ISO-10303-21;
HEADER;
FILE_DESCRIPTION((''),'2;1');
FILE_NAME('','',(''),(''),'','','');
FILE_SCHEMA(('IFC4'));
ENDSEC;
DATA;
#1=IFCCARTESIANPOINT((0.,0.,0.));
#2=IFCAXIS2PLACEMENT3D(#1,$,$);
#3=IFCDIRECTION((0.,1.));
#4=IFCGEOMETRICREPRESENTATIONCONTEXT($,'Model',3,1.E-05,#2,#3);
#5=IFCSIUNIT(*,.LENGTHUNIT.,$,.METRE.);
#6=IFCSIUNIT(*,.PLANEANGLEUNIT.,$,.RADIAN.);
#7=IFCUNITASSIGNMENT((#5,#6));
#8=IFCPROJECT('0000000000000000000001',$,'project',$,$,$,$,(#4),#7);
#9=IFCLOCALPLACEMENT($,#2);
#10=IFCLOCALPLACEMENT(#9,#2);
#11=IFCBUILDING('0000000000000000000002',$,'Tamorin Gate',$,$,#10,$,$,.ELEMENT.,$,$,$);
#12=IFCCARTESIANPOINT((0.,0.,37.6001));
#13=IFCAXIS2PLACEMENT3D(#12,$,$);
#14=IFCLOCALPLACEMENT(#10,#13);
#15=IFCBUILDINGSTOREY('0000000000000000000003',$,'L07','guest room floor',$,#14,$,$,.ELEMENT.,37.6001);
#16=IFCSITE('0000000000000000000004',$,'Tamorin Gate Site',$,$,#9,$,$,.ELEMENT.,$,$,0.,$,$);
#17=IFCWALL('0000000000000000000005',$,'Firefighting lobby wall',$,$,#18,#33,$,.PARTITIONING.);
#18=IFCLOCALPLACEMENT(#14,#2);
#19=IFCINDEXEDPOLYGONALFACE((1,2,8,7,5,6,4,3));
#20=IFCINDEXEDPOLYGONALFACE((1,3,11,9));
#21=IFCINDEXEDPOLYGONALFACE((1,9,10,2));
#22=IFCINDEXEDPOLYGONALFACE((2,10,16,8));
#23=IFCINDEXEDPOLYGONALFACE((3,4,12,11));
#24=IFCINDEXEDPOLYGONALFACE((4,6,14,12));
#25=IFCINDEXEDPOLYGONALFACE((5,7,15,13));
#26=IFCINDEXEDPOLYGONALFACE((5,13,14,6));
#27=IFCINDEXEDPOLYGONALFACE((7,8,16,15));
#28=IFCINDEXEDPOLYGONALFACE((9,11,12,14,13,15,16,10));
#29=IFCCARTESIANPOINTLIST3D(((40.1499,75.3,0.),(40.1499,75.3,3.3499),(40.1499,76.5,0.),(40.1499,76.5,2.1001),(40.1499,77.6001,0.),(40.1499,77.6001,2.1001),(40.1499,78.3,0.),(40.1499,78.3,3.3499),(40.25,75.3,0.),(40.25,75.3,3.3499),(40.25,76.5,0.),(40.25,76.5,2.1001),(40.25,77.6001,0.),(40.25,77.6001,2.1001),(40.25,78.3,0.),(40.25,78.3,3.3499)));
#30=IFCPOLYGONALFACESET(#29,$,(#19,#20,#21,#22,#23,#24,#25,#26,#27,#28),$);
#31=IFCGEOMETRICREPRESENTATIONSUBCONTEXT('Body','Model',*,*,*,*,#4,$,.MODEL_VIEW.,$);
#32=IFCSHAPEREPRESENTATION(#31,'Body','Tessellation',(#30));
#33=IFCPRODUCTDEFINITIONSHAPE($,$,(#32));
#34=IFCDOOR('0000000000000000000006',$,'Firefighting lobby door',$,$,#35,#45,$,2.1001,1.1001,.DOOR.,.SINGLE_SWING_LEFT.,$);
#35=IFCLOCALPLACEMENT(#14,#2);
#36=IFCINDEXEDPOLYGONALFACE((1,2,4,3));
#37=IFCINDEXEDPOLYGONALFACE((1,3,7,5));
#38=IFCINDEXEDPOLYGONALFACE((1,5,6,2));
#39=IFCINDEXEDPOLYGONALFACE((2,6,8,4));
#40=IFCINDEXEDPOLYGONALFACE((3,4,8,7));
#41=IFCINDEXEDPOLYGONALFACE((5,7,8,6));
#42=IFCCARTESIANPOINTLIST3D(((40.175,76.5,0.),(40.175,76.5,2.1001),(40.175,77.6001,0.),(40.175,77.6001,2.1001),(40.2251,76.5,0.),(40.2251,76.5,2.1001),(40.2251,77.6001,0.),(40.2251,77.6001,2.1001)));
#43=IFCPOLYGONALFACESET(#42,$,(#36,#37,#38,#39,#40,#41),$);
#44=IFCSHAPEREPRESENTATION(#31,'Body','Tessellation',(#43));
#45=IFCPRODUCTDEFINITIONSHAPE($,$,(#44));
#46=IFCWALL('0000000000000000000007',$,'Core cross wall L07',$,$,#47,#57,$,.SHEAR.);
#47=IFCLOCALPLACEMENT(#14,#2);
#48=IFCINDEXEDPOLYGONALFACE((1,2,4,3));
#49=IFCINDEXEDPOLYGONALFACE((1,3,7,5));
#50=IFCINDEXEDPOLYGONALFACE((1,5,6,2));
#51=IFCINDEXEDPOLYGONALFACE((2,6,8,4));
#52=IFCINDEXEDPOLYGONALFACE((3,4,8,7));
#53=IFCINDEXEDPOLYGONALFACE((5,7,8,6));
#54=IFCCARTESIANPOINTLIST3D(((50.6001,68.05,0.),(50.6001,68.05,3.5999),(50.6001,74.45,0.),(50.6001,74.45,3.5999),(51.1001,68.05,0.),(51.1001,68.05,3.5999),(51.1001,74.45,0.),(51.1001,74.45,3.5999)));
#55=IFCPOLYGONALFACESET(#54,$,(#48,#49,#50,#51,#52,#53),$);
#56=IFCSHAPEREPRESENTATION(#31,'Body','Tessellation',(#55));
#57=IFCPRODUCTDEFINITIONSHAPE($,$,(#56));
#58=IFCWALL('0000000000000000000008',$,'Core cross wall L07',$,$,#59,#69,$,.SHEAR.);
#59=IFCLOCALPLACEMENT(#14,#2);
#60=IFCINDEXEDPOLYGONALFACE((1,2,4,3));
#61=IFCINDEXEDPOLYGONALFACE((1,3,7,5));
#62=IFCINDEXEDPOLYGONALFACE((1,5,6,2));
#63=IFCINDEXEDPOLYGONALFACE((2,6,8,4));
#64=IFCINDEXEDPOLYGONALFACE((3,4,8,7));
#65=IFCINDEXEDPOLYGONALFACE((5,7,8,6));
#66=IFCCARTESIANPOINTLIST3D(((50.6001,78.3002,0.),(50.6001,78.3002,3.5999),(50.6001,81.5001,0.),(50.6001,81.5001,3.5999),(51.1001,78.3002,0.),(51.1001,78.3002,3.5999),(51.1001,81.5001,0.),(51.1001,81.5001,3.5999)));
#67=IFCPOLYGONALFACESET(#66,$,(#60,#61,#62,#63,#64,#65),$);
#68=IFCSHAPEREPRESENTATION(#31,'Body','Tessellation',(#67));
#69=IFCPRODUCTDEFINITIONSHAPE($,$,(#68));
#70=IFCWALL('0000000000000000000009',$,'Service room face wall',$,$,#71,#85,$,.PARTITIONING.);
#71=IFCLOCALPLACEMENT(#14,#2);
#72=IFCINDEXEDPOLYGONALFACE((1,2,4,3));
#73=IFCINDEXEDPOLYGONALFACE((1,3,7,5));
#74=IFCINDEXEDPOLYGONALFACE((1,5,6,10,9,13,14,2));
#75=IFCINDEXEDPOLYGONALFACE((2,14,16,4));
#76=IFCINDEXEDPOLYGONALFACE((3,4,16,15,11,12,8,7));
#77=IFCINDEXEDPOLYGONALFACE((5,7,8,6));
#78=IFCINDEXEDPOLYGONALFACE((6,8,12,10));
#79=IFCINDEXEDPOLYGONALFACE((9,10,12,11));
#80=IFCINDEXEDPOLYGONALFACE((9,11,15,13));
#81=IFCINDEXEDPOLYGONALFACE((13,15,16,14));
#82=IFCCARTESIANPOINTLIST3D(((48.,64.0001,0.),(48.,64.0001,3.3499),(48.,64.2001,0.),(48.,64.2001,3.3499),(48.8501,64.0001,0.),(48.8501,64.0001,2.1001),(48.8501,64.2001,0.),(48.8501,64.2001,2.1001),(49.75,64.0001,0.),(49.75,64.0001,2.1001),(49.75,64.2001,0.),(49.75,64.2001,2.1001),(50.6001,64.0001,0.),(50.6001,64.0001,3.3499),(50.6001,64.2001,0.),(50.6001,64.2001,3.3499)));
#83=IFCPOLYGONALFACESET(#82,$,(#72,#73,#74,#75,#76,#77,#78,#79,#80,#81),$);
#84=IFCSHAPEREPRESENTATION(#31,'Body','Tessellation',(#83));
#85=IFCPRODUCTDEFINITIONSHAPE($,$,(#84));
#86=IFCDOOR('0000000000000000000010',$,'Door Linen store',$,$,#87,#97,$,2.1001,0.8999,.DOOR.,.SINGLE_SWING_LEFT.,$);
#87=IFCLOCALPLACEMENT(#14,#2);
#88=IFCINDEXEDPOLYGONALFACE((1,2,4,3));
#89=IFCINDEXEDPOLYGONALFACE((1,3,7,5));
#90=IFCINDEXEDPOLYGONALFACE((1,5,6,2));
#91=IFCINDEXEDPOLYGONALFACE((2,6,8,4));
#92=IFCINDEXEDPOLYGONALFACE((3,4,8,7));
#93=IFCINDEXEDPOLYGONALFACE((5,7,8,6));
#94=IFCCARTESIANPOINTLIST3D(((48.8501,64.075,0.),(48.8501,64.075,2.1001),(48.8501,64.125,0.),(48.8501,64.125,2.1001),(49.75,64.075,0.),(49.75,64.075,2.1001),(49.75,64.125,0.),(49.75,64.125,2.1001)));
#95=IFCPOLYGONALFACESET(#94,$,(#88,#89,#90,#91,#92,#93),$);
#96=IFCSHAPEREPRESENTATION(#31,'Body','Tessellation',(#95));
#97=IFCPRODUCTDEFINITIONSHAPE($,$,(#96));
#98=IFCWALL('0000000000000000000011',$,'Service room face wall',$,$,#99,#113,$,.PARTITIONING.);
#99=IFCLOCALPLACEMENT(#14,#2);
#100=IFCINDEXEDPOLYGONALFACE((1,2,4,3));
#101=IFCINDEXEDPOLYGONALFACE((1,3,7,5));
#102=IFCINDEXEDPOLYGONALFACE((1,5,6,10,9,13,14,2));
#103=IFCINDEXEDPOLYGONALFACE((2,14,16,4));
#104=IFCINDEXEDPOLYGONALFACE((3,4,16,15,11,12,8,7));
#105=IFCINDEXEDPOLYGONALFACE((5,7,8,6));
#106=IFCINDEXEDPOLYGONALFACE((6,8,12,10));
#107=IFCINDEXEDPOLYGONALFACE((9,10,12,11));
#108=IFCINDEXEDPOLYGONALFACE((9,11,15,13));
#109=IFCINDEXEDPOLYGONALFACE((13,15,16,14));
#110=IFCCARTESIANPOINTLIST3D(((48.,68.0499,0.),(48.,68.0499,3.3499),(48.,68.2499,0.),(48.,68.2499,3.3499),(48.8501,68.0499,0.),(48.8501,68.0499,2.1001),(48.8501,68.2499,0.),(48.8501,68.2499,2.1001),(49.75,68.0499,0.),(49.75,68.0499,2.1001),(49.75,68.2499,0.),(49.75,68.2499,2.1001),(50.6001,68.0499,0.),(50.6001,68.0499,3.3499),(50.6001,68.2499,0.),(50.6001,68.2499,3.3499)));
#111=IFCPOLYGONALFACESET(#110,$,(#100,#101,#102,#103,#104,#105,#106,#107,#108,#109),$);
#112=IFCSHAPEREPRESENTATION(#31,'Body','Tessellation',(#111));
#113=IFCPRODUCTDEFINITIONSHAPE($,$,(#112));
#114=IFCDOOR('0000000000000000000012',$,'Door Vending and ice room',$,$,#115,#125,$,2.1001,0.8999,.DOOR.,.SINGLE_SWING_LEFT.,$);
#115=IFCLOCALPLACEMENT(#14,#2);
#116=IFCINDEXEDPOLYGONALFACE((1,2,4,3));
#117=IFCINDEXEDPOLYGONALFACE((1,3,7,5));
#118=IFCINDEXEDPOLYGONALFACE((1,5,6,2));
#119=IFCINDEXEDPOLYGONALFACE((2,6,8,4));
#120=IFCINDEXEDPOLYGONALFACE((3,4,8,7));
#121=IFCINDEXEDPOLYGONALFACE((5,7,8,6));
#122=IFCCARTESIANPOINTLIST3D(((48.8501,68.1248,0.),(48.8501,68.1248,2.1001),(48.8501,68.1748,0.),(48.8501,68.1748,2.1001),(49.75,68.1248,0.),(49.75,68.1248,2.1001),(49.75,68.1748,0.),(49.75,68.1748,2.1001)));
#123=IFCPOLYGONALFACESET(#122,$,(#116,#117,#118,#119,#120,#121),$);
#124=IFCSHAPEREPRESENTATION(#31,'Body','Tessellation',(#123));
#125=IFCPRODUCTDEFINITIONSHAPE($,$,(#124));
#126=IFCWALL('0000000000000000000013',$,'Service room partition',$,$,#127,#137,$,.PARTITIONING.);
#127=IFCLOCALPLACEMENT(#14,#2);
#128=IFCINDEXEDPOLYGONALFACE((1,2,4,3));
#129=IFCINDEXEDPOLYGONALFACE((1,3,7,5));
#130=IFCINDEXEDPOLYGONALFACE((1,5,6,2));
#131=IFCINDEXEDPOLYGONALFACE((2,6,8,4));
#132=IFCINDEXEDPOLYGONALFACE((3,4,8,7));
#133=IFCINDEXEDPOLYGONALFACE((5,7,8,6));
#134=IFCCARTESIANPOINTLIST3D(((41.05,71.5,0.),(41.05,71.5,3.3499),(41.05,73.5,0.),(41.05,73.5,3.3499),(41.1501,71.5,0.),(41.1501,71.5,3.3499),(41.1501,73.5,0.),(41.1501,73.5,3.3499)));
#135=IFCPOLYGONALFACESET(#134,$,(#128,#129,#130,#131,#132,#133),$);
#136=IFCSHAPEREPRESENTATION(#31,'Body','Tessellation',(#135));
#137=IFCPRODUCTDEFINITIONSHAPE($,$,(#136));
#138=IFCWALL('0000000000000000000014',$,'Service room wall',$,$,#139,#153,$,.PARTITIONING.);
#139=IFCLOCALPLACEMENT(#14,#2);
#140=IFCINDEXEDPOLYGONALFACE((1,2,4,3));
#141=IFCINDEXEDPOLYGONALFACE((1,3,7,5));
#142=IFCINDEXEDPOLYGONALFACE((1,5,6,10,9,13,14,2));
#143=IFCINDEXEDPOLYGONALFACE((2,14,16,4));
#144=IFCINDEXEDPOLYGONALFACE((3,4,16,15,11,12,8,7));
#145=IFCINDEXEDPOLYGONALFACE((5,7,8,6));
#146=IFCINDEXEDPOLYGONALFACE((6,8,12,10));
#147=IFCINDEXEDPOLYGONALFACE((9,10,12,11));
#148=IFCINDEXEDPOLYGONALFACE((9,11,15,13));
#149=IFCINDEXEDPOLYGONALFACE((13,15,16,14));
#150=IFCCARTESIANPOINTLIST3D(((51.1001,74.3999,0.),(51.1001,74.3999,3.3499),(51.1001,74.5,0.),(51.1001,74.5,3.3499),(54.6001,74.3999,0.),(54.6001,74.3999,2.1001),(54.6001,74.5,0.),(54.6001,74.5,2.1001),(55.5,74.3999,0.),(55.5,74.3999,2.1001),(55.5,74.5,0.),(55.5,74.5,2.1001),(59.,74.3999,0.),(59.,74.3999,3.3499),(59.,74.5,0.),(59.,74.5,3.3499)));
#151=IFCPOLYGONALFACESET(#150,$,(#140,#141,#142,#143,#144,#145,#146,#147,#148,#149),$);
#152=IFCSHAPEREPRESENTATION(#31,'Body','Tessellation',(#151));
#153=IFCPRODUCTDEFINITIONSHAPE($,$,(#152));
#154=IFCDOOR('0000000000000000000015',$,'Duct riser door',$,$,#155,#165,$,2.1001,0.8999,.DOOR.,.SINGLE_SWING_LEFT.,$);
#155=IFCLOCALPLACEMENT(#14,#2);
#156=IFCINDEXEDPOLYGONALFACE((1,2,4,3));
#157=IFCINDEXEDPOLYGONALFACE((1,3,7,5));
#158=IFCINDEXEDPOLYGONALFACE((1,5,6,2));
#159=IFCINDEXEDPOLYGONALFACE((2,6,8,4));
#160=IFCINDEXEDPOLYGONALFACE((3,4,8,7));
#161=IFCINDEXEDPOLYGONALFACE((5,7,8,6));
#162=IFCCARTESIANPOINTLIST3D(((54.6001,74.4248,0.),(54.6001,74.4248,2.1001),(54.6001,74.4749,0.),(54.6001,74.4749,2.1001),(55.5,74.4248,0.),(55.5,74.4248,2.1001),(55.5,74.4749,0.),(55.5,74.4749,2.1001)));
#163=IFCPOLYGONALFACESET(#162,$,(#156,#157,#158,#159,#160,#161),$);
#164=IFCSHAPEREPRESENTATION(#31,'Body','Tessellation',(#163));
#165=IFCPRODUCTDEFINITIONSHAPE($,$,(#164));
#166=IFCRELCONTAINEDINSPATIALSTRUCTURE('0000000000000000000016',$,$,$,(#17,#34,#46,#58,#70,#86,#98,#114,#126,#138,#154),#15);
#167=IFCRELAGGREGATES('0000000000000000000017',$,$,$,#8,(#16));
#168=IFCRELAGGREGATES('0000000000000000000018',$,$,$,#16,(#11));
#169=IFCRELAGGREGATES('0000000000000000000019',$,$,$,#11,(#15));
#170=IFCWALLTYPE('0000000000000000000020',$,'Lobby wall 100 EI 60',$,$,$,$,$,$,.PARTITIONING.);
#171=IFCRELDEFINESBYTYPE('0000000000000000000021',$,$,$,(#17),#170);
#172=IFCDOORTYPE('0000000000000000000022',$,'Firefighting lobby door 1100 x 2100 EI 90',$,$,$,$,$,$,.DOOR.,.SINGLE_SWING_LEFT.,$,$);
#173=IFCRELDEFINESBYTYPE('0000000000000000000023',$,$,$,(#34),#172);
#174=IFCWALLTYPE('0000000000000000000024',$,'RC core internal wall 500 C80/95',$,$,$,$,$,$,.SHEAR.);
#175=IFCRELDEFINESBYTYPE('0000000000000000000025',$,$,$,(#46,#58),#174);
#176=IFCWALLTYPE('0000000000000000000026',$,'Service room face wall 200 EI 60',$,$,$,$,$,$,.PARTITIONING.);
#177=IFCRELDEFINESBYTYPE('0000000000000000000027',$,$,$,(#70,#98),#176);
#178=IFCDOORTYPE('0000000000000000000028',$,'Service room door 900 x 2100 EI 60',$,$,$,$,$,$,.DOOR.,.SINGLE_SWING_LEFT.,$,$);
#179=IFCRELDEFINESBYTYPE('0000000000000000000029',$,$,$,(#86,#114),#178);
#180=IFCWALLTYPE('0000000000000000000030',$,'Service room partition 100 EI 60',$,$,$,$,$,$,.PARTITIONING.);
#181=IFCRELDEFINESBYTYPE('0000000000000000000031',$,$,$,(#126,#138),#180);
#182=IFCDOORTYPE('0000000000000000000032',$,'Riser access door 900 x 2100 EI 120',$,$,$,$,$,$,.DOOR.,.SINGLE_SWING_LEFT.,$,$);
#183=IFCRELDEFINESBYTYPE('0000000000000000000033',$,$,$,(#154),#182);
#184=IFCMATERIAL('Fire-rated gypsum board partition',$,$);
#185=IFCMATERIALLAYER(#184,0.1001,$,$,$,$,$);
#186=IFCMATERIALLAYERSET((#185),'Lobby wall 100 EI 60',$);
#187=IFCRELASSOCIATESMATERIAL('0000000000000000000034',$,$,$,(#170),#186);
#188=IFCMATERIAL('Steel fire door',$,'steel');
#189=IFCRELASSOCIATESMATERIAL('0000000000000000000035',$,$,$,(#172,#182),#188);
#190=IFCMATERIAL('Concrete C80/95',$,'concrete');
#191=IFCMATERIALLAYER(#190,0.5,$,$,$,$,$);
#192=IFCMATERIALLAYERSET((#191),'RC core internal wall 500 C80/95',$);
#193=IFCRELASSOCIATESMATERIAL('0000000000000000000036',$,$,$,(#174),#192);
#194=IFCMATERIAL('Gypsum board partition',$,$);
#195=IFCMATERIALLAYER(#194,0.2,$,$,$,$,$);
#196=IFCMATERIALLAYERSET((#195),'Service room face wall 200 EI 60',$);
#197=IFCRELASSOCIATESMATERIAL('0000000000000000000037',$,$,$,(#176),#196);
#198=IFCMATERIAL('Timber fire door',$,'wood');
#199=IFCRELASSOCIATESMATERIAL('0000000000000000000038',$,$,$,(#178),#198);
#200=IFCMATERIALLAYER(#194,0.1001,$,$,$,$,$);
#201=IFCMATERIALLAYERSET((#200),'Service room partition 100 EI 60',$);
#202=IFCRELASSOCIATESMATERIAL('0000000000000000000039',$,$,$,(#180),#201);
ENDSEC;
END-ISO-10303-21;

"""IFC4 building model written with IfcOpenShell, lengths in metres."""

from ifc_helpers import new_model, si_unit, direction, frame, frame_2d, origin, place, context, subcontext, project, spatial, rectangle, extrude, material, layer, layer_set, type_object, element, fill, save


model = new_model("IFC4")

# Units and contexts
model_context = context("Model", 3, precision=1e-05, world=origin(), true_north=direction((0.0, 1.0)))
body_context = subcontext(model_context, "Body", "Model", "MODEL_VIEW")
ifc_project = project(units=[si_unit("LENGTHUNIT", "METRE"), si_unit("PLANEANGLEUNIT", "RADIAN")], contexts=[model_context])

# Site, building, storey
site_placement = place(None, origin())
site = spatial("IfcSite", under=ifc_project, at=site_placement, Name="Tamorin Gate Site", CompositionType="ELEMENT", RefElevation=0.0)
building_placement = place(site_placement, origin())
building = spatial("IfcBuilding", under=site, at=building_placement, Name="Tamorin Gate", CompositionType="ELEMENT")
storey_placement = place(building_placement, frame((0.0, 0.0, 37.6001)))
storey = spatial("IfcBuildingStorey", under=building, at=storey_placement, Name="L07", Description="guest room floor", CompositionType="ELEMENT", Elevation=37.6001)

# Shared definitions
ifc_material_1 = material(Name="Concrete C80/95", Category="concrete")

# Shared definitions
ifc_material_2 = material(Name="Fire-rated gypsum board partition")
ifc_layer_1 = layer(ifc_material_2, 0.1001)
ifc_layer_set_1 = layer_set([ifc_layer_1], Name="Lobby wall 100 EI 60")
wall_type_1 = type_object("IfcWallType", Name="Lobby wall 100 EI 60", PredefinedType="PARTITIONING", material=ifc_layer_set_1)

# Wall, opening, door
wall_1_placement = place(storey_placement, frame((40.2, 75.3, 0.0), z_axis=(0.0, 0.0, 1.0), x_axis=(0.0, 1.0, 0.0)))
wall_1 = element("IfcWall", 1, at=wall_1_placement, inside=storey, type_object=wall_type_1, Name="Firefighting lobby wall", PredefinedType="PARTITIONING", context=body_context, shape_type="SweptSolid", body=[
    extrude(rectangle(XDim=3.0, YDim=0.1001, at=frame_2d((1.5, 0.0))), origin(), (0.0, 0.0, 1.0), 3.3499),
])
opening_1_placement = place(wall_1_placement, frame((1.2, 0.0, 0.0)))
opening_1 = element("IfcOpeningElement", 2, at=opening_1_placement, cuts=wall_1, PredefinedType="OPENING", context=body_context, shape_type="SweptSolid", body=[
    extrude(rectangle(XDim=1.1001, YDim=2.1001, at=frame_2d((0.55, 1.05))), frame((0.0, 0.0601, 0.0), z_axis=(0.0, -1.0, 0.0), x_axis=(1.0, 0.0, 0.0)), (0.0, 0.0, 1.0), 0.1201),
])
ifc_material_3 = material(Name="Steel fire door", Category="steel")
door_type_1 = type_object("IfcDoorType", Name="Firefighting lobby door 1100 x 2100 EI 90", OperationType="SINGLE_SWING_LEFT", PredefinedType="DOOR", material=ifc_material_3)
door_1_placement = place(opening_1_placement, origin())
door_1 = element("IfcDoor", 3, at=door_1_placement, inside=storey, type_object=door_type_1, Name="Firefighting lobby door", OperationType="SINGLE_SWING_LEFT", OverallHeight=2.1001, OverallWidth=1.1001, PredefinedType="DOOR", context=body_context, shape_type="SweptSolid", body=[
    extrude(rectangle(XDim=1.1001, YDim=2.1001, at=frame_2d((0.55, 1.05))), frame((0.0, 0.0249, 0.0), z_axis=(0.0, -1.0, 0.0), x_axis=(1.0, 0.0, 0.0)), (0.0, 0.0, 1.0), 0.05),
])
fill(opening_1, door_1)

# Walls
ifc_layer_2 = layer(ifc_material_1, 0.5)
ifc_layer_set_2 = layer_set([ifc_layer_2], Name="RC core internal wall 500 C80/95")
wall_type_2 = type_object("IfcWallType", Name="RC core internal wall 500 C80/95", PredefinedType="SHEAR", material=ifc_layer_set_2)
wall_2_placement = place(storey_placement, frame((50.8501, 68.05, 0.0), z_axis=(0.0, 0.0, 1.0), x_axis=(0.0, 1.0, 0.0)))
element("IfcWall", 4, at=wall_2_placement, inside=storey, type_object=wall_type_2, Name="Core cross wall L07", PredefinedType="SHEAR", context=body_context, shape_type="SweptSolid", body=[
    extrude(rectangle(XDim=6.3999, YDim=0.5, at=frame_2d((3.2, 0.0))), origin(), (0.0, 0.0, 1.0), 3.5999),
])
wall_3_placement = place(storey_placement, frame((50.8501, 78.3, 0.0), z_axis=(0.0, 0.0, 1.0), x_axis=(0.0, 1.0, 0.0)))
element("IfcWall", 5, at=wall_3_placement, inside=storey, type_object=wall_type_2, Name="Core cross wall L07", PredefinedType="SHEAR", context=body_context, shape_type="SweptSolid", body=[
    extrude(rectangle(XDim=3.2, YDim=0.5, at=frame_2d((1.6001, 0.0))), origin(), (0.0, 0.0, 1.0), 3.5999),
])

# Walls, openings, doors
ifc_material_4 = material(Name="Gypsum board partition")
ifc_layer_3 = layer(ifc_material_4, 0.2)
ifc_layer_set_3 = layer_set([ifc_layer_3], Name="Service room face wall 200 EI 60")
wall_type_3 = type_object("IfcWallType", Name="Service room face wall 200 EI 60", PredefinedType="PARTITIONING", material=ifc_layer_set_3)
wall_4_placement = place(storey_placement, frame((48.0, 64.1001, 0.0), z_axis=(0.0, 0.0, 1.0), x_axis=(1.0, 0.0, 0.0)))
wall_4 = element("IfcWall", 6, at=wall_4_placement, inside=storey, type_object=wall_type_3, Name="Service room face wall", PredefinedType="PARTITIONING", context=body_context, shape_type="SweptSolid", body=[
    extrude(rectangle(XDim=2.6001, YDim=0.2, at=frame_2d((1.3, 0.0))), origin(), (0.0, 0.0, 1.0), 3.3499),
])
opening_2_placement = place(wall_4_placement, frame((0.8501, 0.0, 0.0)))
opening_2 = element("IfcOpeningElement", 7, at=opening_2_placement, cuts=wall_4, PredefinedType="OPENING", context=body_context, shape_type="SweptSolid", body=[
    extrude(rectangle(XDim=0.8999, YDim=2.1001, at=frame_2d((0.45, 1.05))), frame((0.0, 0.1099, 0.0), z_axis=(0.0, -1.0, 0.0), x_axis=(1.0, 0.0, 0.0)), (0.0, 0.0, 1.0), 0.22),
])
ifc_material_5 = material(Name="Timber fire door", Category="wood")
door_type_2 = type_object("IfcDoorType", Name="Service room door 900 x 2100 EI 60", OperationType="SINGLE_SWING_LEFT", PredefinedType="DOOR", material=ifc_material_5)
door_2_placement = place(opening_2_placement, origin())
door_2 = element("IfcDoor", 8, at=door_2_placement, inside=storey, type_object=door_type_2, Name="Door Linen store", OperationType="SINGLE_SWING_LEFT", OverallHeight=2.1001, OverallWidth=0.8999, PredefinedType="DOOR", context=body_context, shape_type="SweptSolid", body=[
    extrude(rectangle(XDim=0.8999, YDim=2.1001, at=frame_2d((0.45, 1.05))), frame((0.0, 0.0249, 0.0), z_axis=(0.0, -1.0, 0.0), x_axis=(1.0, 0.0, 0.0)), (0.0, 0.0, 1.0), 0.05),
])
fill(opening_2, door_2)
wall_5_placement = place(storey_placement, frame((48.0, 68.1499, 0.0), z_axis=(0.0, 0.0, 1.0), x_axis=(1.0, 0.0, 0.0)))
wall_5 = element("IfcWall", 9, at=wall_5_placement, inside=storey, type_object=wall_type_3, Name="Service room face wall", PredefinedType="PARTITIONING", context=body_context, shape_type="SweptSolid", body=[
    extrude(rectangle(XDim=2.6001, YDim=0.2, at=frame_2d((1.3, 0.0))), origin(), (0.0, 0.0, 1.0), 3.3499),
])
opening_3_placement = place(wall_5_placement, frame((0.8501, 0.0, 0.0)))
opening_3 = element("IfcOpeningElement", 10, at=opening_3_placement, cuts=wall_5, PredefinedType="OPENING", context=body_context, shape_type="SweptSolid", body=[
    extrude(rectangle(XDim=0.8999, YDim=2.1001, at=frame_2d((0.45, 1.05))), frame((0.0, 0.1099, 0.0), z_axis=(0.0, -1.0, 0.0), x_axis=(1.0, 0.0, 0.0)), (0.0, 0.0, 1.0), 0.22),
])
door_3_placement = place(opening_3_placement, origin())
door_3 = element("IfcDoor", 11, at=door_3_placement, inside=storey, type_object=door_type_2, Name="Door Vending and ice room", OperationType="SINGLE_SWING_LEFT", OverallHeight=2.1001, OverallWidth=0.8999, PredefinedType="DOOR", context=body_context, shape_type="SweptSolid", body=[
    extrude(rectangle(XDim=0.8999, YDim=2.1001, at=frame_2d((0.45, 1.05))), frame((0.0, 0.0249, 0.0), z_axis=(0.0, -1.0, 0.0), x_axis=(1.0, 0.0, 0.0)), (0.0, 0.0, 1.0), 0.05),
])
fill(opening_3, door_3)

# Wall
ifc_layer_4 = layer(ifc_material_4, 0.1001)
ifc_layer_set_4 = layer_set([ifc_layer_4], Name="Service room partition 100 EI 60")
wall_type_4 = type_object("IfcWallType", Name="Service room partition 100 EI 60", PredefinedType="PARTITIONING", material=ifc_layer_set_4)
wall_6_placement = place(storey_placement, frame((41.1001, 71.5, 0.0), z_axis=(0.0, 0.0, 1.0), x_axis=(0.0, 1.0, 0.0)))
element("IfcWall", 12, at=wall_6_placement, inside=storey, type_object=wall_type_4, Name="Service room partition", PredefinedType="PARTITIONING", context=body_context, shape_type="SweptSolid", body=[
    extrude(rectangle(XDim=2.0, YDim=0.1001, at=frame_2d((1.0, 0.0))), origin(), (0.0, 0.0, 1.0), 3.3499),
])

# Wall, opening, door
wall_7_placement = place(storey_placement, frame((51.1001, 74.45, 0.0), z_axis=(0.0, 0.0, 1.0), x_axis=(1.0, 0.0, 0.0)))
wall_7 = element("IfcWall", 13, at=wall_7_placement, inside=storey, type_object=wall_type_4, Name="Service room wall", PredefinedType="PARTITIONING", context=body_context, shape_type="SweptSolid", body=[
    extrude(rectangle(XDim=7.8999, YDim=0.1001, at=frame_2d((3.95, 0.0))), origin(), (0.0, 0.0, 1.0), 3.3499),
])
opening_4_placement = place(wall_7_placement, frame((3.5, 0.0, 0.0)))
opening_4 = element("IfcOpeningElement", 14, at=opening_4_placement, cuts=wall_7, PredefinedType="OPENING", context=body_context, shape_type="SweptSolid", body=[
    extrude(rectangle(XDim=0.8999, YDim=2.1001, at=frame_2d((0.45, 1.05))), frame((0.0, 0.0601, 0.0), z_axis=(0.0, -1.0, 0.0), x_axis=(1.0, 0.0, 0.0)), (0.0, 0.0, 1.0), 0.1201),
])
door_type_3 = type_object("IfcDoorType", Name="Riser access door 900 x 2100 EI 120", OperationType="SINGLE_SWING_LEFT", PredefinedType="DOOR", material=ifc_material_3)
door_4_placement = place(opening_4_placement, origin())
door_4 = element("IfcDoor", 15, at=door_4_placement, inside=storey, type_object=door_type_3, Name="Duct riser door", OperationType="SINGLE_SWING_LEFT", OverallHeight=2.1001, OverallWidth=0.8999, PredefinedType="DOOR", context=body_context, shape_type="SweptSolid", body=[
    extrude(rectangle(XDim=0.8999, YDim=2.1001, at=frame_2d((0.45, 1.05))), frame((0.0, 0.0249, 0.0), z_axis=(0.0, -1.0, 0.0), x_axis=(1.0, 0.0, 0.0)), (0.0, 0.0, 1.0), 0.05),
])
fill(opening_4, door_4)

save(model, "model.ifc")
